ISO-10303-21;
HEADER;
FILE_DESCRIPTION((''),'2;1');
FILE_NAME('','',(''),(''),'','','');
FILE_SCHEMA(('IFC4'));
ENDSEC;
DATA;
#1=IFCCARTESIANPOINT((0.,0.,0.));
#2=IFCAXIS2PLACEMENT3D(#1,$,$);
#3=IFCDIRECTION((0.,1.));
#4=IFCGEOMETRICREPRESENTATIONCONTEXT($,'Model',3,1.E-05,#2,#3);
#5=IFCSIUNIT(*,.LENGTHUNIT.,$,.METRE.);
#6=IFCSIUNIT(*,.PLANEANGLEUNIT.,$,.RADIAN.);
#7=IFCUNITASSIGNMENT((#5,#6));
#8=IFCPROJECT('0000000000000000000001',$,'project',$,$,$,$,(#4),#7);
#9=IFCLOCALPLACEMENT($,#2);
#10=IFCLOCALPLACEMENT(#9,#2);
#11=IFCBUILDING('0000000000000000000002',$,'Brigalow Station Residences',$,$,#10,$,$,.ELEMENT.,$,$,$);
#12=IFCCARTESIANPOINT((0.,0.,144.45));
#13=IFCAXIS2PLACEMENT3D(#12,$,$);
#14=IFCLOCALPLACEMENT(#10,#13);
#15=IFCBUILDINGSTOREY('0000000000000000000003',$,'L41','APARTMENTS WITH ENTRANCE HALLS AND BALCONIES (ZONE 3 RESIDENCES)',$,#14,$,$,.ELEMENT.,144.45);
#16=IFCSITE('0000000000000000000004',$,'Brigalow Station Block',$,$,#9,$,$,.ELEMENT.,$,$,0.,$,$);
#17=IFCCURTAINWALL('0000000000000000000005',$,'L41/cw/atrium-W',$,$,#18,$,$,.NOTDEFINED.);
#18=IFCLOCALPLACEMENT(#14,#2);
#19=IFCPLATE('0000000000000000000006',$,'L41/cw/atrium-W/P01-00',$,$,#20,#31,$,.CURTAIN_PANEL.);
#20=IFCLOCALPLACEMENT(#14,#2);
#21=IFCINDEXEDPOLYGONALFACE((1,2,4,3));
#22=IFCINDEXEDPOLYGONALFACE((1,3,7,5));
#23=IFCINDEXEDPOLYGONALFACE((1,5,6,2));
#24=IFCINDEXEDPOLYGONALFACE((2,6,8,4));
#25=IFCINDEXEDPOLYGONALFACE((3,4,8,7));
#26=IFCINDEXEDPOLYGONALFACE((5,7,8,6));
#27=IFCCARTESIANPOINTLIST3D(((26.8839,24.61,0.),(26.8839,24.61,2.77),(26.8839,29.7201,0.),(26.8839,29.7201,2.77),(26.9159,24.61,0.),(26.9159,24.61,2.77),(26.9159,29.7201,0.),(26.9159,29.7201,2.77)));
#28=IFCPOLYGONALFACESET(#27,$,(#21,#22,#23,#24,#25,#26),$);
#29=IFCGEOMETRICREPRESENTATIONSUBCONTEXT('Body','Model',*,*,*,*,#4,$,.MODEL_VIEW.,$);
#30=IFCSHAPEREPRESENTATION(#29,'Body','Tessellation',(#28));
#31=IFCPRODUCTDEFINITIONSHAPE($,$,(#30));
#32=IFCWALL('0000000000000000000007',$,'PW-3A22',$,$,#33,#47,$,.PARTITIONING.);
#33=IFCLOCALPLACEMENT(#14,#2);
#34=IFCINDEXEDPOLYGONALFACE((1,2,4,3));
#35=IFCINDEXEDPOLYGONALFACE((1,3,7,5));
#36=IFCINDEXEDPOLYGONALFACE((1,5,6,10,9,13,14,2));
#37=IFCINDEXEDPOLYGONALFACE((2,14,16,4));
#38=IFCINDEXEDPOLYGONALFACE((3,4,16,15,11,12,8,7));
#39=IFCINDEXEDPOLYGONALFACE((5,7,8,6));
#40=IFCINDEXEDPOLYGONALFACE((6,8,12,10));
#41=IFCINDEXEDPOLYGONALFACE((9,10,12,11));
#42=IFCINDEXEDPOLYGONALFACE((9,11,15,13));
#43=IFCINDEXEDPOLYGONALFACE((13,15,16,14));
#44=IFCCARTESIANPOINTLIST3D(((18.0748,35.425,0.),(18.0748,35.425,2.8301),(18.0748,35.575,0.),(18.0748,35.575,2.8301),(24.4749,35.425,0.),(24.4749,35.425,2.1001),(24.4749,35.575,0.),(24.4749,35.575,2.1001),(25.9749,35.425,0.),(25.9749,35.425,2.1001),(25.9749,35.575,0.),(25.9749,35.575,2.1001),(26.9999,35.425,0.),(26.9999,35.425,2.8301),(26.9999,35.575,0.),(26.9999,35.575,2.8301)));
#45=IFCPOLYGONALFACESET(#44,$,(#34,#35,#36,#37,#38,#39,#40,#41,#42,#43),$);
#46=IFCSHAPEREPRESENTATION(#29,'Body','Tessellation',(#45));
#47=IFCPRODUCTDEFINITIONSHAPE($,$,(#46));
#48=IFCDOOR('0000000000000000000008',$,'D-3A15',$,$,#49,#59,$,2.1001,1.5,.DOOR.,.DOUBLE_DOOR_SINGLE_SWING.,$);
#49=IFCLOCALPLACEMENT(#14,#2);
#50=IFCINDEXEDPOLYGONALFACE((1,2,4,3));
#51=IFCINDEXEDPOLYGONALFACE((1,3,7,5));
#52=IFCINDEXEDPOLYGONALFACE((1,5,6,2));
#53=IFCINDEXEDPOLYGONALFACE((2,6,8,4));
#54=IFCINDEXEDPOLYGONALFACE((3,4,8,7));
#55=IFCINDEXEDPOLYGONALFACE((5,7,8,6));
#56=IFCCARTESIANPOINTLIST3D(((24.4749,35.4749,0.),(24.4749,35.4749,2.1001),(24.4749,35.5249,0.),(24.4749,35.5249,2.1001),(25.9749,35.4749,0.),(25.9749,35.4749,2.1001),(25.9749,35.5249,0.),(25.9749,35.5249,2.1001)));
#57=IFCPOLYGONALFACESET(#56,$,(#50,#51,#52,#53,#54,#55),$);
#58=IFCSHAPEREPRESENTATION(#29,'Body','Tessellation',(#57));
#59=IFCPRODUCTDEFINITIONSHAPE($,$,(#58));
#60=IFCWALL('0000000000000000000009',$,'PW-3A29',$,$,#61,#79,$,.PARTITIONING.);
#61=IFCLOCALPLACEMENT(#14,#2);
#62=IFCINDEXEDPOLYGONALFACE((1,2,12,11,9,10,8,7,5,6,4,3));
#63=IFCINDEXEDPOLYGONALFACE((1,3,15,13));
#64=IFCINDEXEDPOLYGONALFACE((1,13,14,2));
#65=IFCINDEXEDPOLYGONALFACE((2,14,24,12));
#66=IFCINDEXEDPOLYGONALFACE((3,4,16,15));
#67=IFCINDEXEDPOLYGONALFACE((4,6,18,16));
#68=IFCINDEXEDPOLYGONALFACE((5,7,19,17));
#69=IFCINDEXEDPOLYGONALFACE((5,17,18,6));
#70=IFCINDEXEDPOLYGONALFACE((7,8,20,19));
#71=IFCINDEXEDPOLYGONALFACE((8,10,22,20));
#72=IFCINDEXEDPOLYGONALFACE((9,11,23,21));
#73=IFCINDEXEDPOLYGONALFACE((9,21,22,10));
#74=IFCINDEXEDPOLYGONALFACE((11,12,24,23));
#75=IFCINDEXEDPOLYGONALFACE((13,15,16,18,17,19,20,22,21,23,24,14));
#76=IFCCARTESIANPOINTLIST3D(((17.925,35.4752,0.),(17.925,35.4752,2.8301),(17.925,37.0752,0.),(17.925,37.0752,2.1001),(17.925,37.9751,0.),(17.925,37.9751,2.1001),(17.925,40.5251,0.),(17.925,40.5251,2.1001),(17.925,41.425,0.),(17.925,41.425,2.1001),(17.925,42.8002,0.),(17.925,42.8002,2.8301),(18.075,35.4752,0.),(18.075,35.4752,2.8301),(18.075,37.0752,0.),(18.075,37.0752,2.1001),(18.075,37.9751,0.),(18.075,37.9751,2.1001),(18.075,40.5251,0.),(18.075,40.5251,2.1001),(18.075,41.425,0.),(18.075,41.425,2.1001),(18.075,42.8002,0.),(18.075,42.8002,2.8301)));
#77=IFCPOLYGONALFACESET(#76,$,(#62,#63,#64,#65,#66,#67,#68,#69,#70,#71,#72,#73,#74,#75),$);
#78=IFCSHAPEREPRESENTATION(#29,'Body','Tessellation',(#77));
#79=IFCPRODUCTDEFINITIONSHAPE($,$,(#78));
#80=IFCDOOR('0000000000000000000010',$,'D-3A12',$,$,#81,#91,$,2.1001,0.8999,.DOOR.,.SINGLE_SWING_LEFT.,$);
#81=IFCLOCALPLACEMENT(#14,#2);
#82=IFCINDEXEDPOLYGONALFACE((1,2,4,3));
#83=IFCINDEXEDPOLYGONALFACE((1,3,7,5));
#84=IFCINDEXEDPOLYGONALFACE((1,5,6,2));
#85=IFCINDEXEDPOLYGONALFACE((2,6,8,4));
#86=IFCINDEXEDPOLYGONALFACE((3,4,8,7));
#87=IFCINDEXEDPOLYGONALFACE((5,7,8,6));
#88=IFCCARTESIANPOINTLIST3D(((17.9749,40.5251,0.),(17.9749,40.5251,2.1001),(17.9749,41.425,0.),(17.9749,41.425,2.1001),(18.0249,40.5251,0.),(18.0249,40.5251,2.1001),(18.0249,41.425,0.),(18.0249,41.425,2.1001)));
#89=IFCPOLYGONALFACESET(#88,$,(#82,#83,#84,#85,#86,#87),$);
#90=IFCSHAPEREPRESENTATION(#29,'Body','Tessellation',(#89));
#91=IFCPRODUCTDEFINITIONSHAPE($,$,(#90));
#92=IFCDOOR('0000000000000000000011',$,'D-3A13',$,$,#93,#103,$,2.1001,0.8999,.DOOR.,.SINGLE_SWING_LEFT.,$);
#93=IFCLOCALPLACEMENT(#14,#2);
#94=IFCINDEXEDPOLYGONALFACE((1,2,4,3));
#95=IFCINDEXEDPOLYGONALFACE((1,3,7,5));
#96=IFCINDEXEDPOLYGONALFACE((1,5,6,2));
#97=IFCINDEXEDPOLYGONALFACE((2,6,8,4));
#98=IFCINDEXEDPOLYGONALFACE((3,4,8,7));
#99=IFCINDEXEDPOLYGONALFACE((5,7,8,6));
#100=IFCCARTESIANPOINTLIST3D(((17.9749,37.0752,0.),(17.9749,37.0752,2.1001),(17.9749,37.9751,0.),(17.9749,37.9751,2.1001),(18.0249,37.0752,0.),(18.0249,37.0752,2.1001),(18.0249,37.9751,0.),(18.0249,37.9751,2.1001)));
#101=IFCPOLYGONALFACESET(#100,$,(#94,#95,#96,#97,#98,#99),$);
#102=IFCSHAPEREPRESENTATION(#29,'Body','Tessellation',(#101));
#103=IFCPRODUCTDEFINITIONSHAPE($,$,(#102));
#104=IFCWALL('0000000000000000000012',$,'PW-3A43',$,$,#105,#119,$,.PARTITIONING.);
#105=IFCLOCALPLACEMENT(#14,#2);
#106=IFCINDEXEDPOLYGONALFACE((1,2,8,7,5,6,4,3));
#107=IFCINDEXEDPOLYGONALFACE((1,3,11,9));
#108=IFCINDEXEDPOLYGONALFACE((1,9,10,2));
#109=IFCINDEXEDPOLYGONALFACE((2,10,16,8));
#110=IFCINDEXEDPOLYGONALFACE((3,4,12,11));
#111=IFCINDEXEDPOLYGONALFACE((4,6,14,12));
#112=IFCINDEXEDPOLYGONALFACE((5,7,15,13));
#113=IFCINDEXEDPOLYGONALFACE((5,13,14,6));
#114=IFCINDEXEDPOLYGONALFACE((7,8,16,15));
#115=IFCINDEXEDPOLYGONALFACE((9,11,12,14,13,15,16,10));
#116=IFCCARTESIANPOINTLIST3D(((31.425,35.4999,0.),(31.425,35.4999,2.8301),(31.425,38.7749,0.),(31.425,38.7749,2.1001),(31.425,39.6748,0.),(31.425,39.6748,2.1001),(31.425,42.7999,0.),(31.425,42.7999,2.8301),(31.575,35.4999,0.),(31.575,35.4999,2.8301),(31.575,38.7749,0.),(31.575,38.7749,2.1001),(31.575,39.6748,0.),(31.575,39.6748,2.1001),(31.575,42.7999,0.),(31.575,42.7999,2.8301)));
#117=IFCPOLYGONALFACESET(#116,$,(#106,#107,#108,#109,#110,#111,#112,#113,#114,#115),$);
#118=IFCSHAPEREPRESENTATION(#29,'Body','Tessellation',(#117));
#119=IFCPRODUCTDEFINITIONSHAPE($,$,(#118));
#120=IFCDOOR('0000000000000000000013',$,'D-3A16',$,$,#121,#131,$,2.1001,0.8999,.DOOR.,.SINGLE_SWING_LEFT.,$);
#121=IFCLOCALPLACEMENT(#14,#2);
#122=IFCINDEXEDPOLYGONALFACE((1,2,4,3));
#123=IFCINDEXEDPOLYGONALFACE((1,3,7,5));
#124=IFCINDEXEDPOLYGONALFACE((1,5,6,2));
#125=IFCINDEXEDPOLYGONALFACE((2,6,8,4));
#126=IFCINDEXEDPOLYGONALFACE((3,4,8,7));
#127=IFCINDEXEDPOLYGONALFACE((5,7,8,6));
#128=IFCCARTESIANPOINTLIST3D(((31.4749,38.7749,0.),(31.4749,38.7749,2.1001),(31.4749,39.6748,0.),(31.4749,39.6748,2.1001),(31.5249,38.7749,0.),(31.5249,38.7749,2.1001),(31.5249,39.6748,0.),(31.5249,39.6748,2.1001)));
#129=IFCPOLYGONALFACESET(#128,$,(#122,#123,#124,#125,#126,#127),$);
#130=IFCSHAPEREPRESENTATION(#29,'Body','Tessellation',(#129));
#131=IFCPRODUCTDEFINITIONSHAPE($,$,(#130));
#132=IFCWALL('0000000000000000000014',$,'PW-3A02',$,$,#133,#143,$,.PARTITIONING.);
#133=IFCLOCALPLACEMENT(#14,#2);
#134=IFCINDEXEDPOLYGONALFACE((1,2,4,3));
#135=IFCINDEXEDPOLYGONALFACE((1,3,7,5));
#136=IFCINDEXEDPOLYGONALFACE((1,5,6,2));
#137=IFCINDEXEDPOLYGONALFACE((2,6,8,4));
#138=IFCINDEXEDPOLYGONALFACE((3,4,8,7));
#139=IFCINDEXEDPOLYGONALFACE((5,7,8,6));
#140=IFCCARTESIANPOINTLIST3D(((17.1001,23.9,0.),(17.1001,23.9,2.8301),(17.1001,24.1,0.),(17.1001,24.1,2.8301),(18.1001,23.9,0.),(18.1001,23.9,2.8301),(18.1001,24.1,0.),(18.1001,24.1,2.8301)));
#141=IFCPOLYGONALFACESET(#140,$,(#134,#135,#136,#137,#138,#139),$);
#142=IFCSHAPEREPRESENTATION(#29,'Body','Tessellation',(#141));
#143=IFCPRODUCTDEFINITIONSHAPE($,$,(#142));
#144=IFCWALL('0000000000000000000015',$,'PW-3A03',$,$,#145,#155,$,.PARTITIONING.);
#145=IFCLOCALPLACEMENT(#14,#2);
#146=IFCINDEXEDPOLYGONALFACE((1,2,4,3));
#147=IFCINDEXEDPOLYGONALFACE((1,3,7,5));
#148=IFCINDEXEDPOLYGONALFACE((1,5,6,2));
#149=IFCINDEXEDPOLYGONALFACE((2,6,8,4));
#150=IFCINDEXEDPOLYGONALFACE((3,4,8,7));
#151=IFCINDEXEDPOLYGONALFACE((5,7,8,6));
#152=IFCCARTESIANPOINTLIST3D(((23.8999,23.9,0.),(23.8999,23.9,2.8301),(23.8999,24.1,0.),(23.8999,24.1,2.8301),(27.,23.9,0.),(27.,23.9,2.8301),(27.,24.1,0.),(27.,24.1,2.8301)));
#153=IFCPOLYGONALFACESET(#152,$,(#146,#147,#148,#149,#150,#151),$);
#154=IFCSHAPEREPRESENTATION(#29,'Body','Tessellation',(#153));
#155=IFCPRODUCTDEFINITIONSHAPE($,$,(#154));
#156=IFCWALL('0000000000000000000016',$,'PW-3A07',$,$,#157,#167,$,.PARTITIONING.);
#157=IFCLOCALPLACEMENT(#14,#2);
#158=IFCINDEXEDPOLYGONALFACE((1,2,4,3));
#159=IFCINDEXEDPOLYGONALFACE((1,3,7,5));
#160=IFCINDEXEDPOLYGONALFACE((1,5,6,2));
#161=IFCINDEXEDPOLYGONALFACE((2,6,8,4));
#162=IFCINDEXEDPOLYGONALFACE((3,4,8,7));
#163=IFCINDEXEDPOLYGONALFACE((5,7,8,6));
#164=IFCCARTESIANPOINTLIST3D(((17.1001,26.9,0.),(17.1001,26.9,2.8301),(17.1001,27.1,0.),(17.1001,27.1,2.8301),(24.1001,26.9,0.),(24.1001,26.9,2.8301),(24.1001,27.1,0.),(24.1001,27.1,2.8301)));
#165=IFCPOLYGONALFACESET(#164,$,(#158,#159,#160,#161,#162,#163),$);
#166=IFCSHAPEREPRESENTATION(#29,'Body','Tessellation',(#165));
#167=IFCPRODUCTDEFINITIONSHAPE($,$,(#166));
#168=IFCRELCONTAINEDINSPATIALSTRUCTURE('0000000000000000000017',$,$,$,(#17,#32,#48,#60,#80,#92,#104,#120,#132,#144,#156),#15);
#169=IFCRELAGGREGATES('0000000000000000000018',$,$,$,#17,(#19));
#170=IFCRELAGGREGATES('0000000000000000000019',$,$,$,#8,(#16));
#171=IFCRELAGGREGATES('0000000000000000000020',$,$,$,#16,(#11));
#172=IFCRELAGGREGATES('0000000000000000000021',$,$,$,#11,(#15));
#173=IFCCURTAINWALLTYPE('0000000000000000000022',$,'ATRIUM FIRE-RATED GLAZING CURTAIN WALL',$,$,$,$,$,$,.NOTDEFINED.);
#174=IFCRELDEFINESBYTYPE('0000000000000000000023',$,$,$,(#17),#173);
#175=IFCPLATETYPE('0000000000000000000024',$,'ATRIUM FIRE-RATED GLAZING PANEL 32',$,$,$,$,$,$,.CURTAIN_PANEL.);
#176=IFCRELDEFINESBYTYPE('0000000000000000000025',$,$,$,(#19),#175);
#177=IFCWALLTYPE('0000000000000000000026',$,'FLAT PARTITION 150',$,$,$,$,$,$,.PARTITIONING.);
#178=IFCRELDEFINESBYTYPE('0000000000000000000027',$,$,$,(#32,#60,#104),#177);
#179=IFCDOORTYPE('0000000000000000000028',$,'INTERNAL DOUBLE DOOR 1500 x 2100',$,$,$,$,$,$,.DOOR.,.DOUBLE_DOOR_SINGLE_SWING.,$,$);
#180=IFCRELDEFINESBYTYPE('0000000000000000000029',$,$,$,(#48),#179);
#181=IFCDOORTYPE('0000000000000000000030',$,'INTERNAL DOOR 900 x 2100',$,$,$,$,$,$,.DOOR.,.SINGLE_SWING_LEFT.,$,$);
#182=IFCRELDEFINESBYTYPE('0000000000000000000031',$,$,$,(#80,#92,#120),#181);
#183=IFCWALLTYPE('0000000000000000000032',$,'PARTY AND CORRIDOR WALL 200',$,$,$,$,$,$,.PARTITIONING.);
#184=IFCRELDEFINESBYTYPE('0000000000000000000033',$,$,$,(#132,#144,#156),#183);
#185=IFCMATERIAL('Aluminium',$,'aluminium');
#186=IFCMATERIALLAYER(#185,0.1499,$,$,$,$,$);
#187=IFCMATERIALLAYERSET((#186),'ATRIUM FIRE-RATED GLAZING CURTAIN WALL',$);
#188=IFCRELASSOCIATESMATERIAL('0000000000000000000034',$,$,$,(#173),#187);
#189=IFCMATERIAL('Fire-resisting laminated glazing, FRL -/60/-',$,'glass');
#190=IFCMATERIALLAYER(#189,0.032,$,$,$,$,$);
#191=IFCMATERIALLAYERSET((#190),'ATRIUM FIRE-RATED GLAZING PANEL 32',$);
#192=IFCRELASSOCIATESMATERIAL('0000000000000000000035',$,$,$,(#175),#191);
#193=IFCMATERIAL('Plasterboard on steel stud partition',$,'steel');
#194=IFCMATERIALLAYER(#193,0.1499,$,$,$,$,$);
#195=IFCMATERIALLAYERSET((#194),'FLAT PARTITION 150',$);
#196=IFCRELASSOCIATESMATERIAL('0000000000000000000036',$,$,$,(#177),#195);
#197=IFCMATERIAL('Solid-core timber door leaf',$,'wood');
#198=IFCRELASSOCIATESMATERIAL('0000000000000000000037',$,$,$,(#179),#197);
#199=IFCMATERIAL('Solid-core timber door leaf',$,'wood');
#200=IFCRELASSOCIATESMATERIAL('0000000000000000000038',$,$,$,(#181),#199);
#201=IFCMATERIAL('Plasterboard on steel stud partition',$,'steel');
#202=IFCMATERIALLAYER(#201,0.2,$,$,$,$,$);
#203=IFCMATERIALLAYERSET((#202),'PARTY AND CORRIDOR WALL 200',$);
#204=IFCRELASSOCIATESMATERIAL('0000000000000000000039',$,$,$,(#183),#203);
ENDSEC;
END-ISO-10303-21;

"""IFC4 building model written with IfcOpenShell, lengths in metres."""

from ifc_helpers import new_model, si_unit, direction, frame, frame_2d, origin, origin_2d, place, context, subcontext, project, spatial, rectangle, extrude, material, layer, layer_set, type_object, element, fill, aggregate, save


model = new_model("IFC4")

# Units and contexts
model_context = context("Model", 3, precision=1e-05, world=origin(), true_north=direction((0.0, 1.0)))
body_context = subcontext(model_context, "Body", "Model", "MODEL_VIEW")
ifc_project = project(units=[si_unit("LENGTHUNIT", "METRE"), si_unit("PLANEANGLEUNIT", "RADIAN")], contexts=[model_context])

# Site, building, storey
site_placement = place(None, origin())
site = spatial("IfcSite", under=ifc_project, at=site_placement, Name="Brigalow Station Block", CompositionType="ELEMENT", RefElevation=0.0)
building_placement = place(site_placement, origin())
building = spatial("IfcBuilding", under=site, at=building_placement, Name="Brigalow Station Residences", CompositionType="ELEMENT")
storey_placement = place(building_placement, frame((0.0, 0.0, 144.45)))
storey = spatial("IfcBuildingStorey", under=building, at=storey_placement, Name="L41", Description="APARTMENTS WITH ENTRANCE HALLS AND BALCONIES (ZONE 3 RESIDENCES)", CompositionType="ELEMENT", Elevation=144.45)

# Shared definitions
ifc_material_1 = material(Name="Aluminium", Category="aluminium")
ifc_layer_1 = layer(ifc_material_1, 0.1499)
ifc_layer_set_1 = layer_set([ifc_layer_1], Name="ATRIUM FIRE-RATED GLAZING CURTAIN WALL")
curtain_wall_type = type_object("IfcCurtainWallType", Name="ATRIUM FIRE-RATED GLAZING CURTAIN WALL", PredefinedType="NOTDEFINED", material=ifc_layer_set_1)

# Curtain wall
curtain_wall_1_placement = place(storey_placement, origin())
curtain_wall_1 = element("IfcCurtainWall", 1, at=curtain_wall_1_placement, inside=storey, type_object=curtain_wall_type, Name="L41/cw/atrium-W", PredefinedType="NOTDEFINED")

# Plate
ifc_material_2 = material(Name="Fire-resisting laminated glazing, FRL -/60/-", Category="glass")
ifc_layer_2 = layer(ifc_material_2, 0.032)
ifc_layer_set_2 = layer_set([ifc_layer_2], Name="ATRIUM FIRE-RATED GLAZING PANEL 32")
plate_type = type_object("IfcPlateType", Name="ATRIUM FIRE-RATED GLAZING PANEL 32", PredefinedType="CURTAIN_PANEL", material=ifc_layer_set_2)
plate_1_placement = place(storey_placement, frame((26.8999, 27.165, 0.0), z_axis=(0.0, 0.0, 1.0), x_axis=(0.0, -1.0, 0.0)))
plate_1 = element("IfcPlate", 2, at=plate_1_placement, type_object=plate_type, Name="L41/cw/atrium-W/P01-00", PredefinedType="CURTAIN_PANEL", context=body_context, shape_type="SweptSolid", body=[
    extrude(rectangle(XDim=5.1101, YDim=0.032, at=origin_2d()), origin(), (0.0, 0.0, 1.0), 2.77),
])
aggregate(curtain_wall_1, [plate_1])

# Wall, opening, door
ifc_material_3 = material(Name="Plasterboard on steel stud partition", Category="steel")
ifc_layer_3 = layer(ifc_material_3, 0.1499)
ifc_layer_set_3 = layer_set([ifc_layer_3], Name="FLAT PARTITION 150")
wall_type_1 = type_object("IfcWallType", Name="FLAT PARTITION 150", PredefinedType="PARTITIONING", material=ifc_layer_set_3)
wall_1_placement = place(storey_placement, frame((18.075, 35.5, 0.0), z_axis=(0.0, 0.0, 1.0), x_axis=(1.0, 0.0, 0.0)))
wall_1 = element("IfcWall", 3, at=wall_1_placement, inside=storey, type_object=wall_type_1, Name="PW-3A22", PredefinedType="PARTITIONING", context=body_context, shape_type="SweptSolid", body=[
    extrude(rectangle(XDim=8.925, YDim=0.1499, at=frame_2d((4.4624, 0.0))), origin(), (0.0, 0.0, 1.0), 2.8301),
])
opening_1_placement = place(wall_1_placement, frame((6.3999, 0.0, 0.0)))
opening_1 = element("IfcOpeningElement", 4, at=opening_1_placement, cuts=wall_1, PredefinedType="OPENING", context=body_context, shape_type="SweptSolid", body=[
    extrude(rectangle(XDim=1.5, YDim=2.1001, at=frame_2d((0.75, 1.05))), frame((0.0, 0.085, 0.0), z_axis=(0.0, -1.0, 0.0), x_axis=(1.0, 0.0, 0.0)), (0.0, 0.0, 1.0), 0.1699),
])
ifc_material_4 = material(Name="Solid-core timber door leaf", Category="wood")
door_type_1 = type_object("IfcDoorType", Name="INTERNAL DOUBLE DOOR 1500 x 2100", OperationType="DOUBLE_DOOR_SINGLE_SWING", PredefinedType="DOOR", material=ifc_material_4)
door_1_placement = place(opening_1_placement, origin())
door_1 = element("IfcDoor", 5, at=door_1_placement, inside=storey, type_object=door_type_1, Name="D-3A15", OperationType="DOUBLE_DOOR_SINGLE_SWING", OverallHeight=2.1001, OverallWidth=1.5, PredefinedType="DOOR", context=body_context, shape_type="SweptSolid", body=[
    extrude(rectangle(XDim=1.5, YDim=2.1001, at=frame_2d((0.75, 1.05))), frame((0.0, 0.0249, 0.0), z_axis=(0.0, -1.0, 0.0), x_axis=(1.0, 0.0, 0.0)), (0.0, 0.0, 1.0), 0.05),
])
fill(opening_1, door_1)

# Wall, openings, doors
wall_2_placement = place(storey_placement, frame((18.0, 35.4751, 0.0), z_axis=(0.0, 0.0, 1.0), x_axis=(0.0, 1.0, 0.0)))
wall_2 = element("IfcWall", 6, at=wall_2_placement, inside=storey, type_object=wall_type_1, Name="PW-3A29", PredefinedType="PARTITIONING", context=body_context, shape_type="SweptSolid", body=[
    extrude(rectangle(XDim=7.325, YDim=0.1499, at=frame_2d((3.6626, 0.0))), origin(), (0.0, 0.0, 1.0), 2.8301),
])
opening_2_placement = place(wall_2_placement, frame((5.05, 0.0, 0.0)))
opening_2 = element("IfcOpeningElement", 7, at=opening_2_placement, cuts=wall_2, PredefinedType="OPENING", context=body_context, shape_type="SweptSolid", body=[
    extrude(rectangle(XDim=0.8999, YDim=2.1001, at=frame_2d((0.45, 1.05))), frame((0.0, 0.085, 0.0), z_axis=(0.0, -1.0, 0.0), x_axis=(1.0, 0.0, 0.0)), (0.0, 0.0, 1.0), 0.1699),
])
opening_3_placement = place(wall_2_placement, frame((1.6001, 0.0, 0.0)))
opening_3 = element("IfcOpeningElement", 8, at=opening_3_placement, cuts=wall_2, PredefinedType="OPENING", context=body_context, shape_type="SweptSolid", body=[
    extrude(rectangle(XDim=0.8999, YDim=2.1001, at=frame_2d((0.45, 1.05))), frame((0.0, 0.085, 0.0), z_axis=(0.0, -1.0, 0.0), x_axis=(1.0, 0.0, 0.0)), (0.0, 0.0, 1.0), 0.1699),
])
ifc_material_5 = material(Name="Solid-core timber door leaf", Category="wood")
door_type_2 = type_object("IfcDoorType", Name="INTERNAL DOOR 900 x 2100", OperationType="SINGLE_SWING_LEFT", PredefinedType="DOOR", material=ifc_material_5)
door_2_placement = place(opening_2_placement, frame((0.8999, 0.0, 0.0), z_axis=(0.0, 0.0, 1.0), x_axis=(-1.0, 0.0, 0.0)))
door_2 = element("IfcDoor", 9, at=door_2_placement, inside=storey, type_object=door_type_2, Name="D-3A12", OperationType="SINGLE_SWING_LEFT", OverallHeight=2.1001, OverallWidth=0.8999, PredefinedType="DOOR", context=body_context, shape_type="SweptSolid", body=[
    extrude(rectangle(XDim=0.8999, YDim=2.1001, at=frame_2d((0.45, 1.05))), frame((0.0, 0.0249, 0.0), z_axis=(0.0, -1.0, 0.0), x_axis=(1.0, 0.0, 0.0)), (0.0, 0.0, 1.0), 0.05),
])
fill(opening_2, door_2)
door_3_placement = place(opening_3_placement, frame((0.8999, 0.0, 0.0), z_axis=(0.0, 0.0, 1.0), x_axis=(-1.0, 0.0, 0.0)))
door_3 = element("IfcDoor", 10, at=door_3_placement, inside=storey, type_object=door_type_2, Name="D-3A13", OperationType="SINGLE_SWING_LEFT", OverallHeight=2.1001, OverallWidth=0.8999, PredefinedType="DOOR", context=body_context, shape_type="SweptSolid", body=[
    extrude(rectangle(XDim=0.8999, YDim=2.1001, at=frame_2d((0.45, 1.05))), frame((0.0, 0.0249, 0.0), z_axis=(0.0, -1.0, 0.0), x_axis=(1.0, 0.0, 0.0)), (0.0, 0.0, 1.0), 0.05),
])
fill(opening_3, door_3)

# Wall, opening, door
wall_3_placement = place(storey_placement, frame((31.5, 35.5, 0.0), z_axis=(0.0, 0.0, 1.0), x_axis=(0.0, 1.0, 0.0)))
wall_3 = element("IfcWall", 11, at=wall_3_placement, inside=storey, type_object=wall_type_1, Name="PW-3A43", PredefinedType="PARTITIONING", context=body_context, shape_type="SweptSolid", body=[
    extrude(rectangle(XDim=7.3, YDim=0.1499, at=frame_2d((3.6499, 0.0))), origin(), (0.0, 0.0, 1.0), 2.8301),
])
opening_4_placement = place(wall_3_placement, frame((3.2749, 0.0, 0.0)))
opening_4 = element("IfcOpeningElement", 12, at=opening_4_placement, cuts=wall_3, PredefinedType="OPENING", context=body_context, shape_type="SweptSolid", body=[
    extrude(rectangle(XDim=0.8999, YDim=2.1001, at=frame_2d((0.45, 1.05))), frame((0.0, 0.085, 0.0), z_axis=(0.0, -1.0, 0.0), x_axis=(1.0, 0.0, 0.0)), (0.0, 0.0, 1.0), 0.1699),
])
door_4_placement = place(opening_4_placement, frame((0.8999, 0.0, 0.0), z_axis=(0.0, 0.0, 1.0), x_axis=(-1.0, 0.0, 0.0)))
door_4 = element("IfcDoor", 13, at=door_4_placement, inside=storey, type_object=door_type_2, Name="D-3A16", OperationType="SINGLE_SWING_LEFT", OverallHeight=2.1001, OverallWidth=0.8999, PredefinedType="DOOR", context=body_context, shape_type="SweptSolid", body=[
    extrude(rectangle(XDim=0.8999, YDim=2.1001, at=frame_2d((0.45, 1.05))), frame((0.0, 0.0249, 0.0), z_axis=(0.0, -1.0, 0.0), x_axis=(1.0, 0.0, 0.0)), (0.0, 0.0, 1.0), 0.05),
])
fill(opening_4, door_4)

# Walls
ifc_material_6 = material(Name="Plasterboard on steel stud partition", Category="steel")
ifc_layer_4 = layer(ifc_material_6, 0.2)
ifc_layer_set_4 = layer_set([ifc_layer_4], Name="PARTY AND CORRIDOR WALL 200")
wall_type_2 = type_object("IfcWallType", Name="PARTY AND CORRIDOR WALL 200", PredefinedType="PARTITIONING", material=ifc_layer_set_4)
wall_4_placement = place(storey_placement, frame((17.1001, 24.0, 0.0), z_axis=(0.0, 0.0, 1.0), x_axis=(1.0, 0.0, 0.0)))
element("IfcWall", 14, at=wall_4_placement, inside=storey, type_object=wall_type_2, Name="PW-3A02", PredefinedType="PARTITIONING", context=body_context, shape_type="SweptSolid", body=[
    extrude(rectangle(XDim=1.0, YDim=0.2, at=frame_2d((0.5, 0.0))), origin(), (0.0, 0.0, 1.0), 2.8301),
])
wall_5_placement = place(storey_placement, frame((23.8999, 24.0, 0.0), z_axis=(0.0, 0.0, 1.0), x_axis=(1.0, 0.0, 0.0)))
element("IfcWall", 15, at=wall_5_placement, inside=storey, type_object=wall_type_2, Name="PW-3A03", PredefinedType="PARTITIONING", context=body_context, shape_type="SweptSolid", body=[
    extrude(rectangle(XDim=3.1001, YDim=0.2, at=frame_2d((1.55, 0.0))), origin(), (0.0, 0.0, 1.0), 2.8301),
])
wall_6_placement = place(storey_placement, frame((17.1001, 27.0, 0.0), z_axis=(0.0, 0.0, 1.0), x_axis=(1.0, 0.0, 0.0)))
element("IfcWall", 16, at=wall_6_placement, inside=storey, type_object=wall_type_2, Name="PW-3A07", PredefinedType="PARTITIONING", context=body_context, shape_type="SweptSolid", body=[
    extrude(rectangle(XDim=7.0, YDim=0.2, at=frame_2d((3.5, 0.0))), origin(), (0.0, 0.0, 1.0), 2.8301),
])

save(model, "model.ifc")
